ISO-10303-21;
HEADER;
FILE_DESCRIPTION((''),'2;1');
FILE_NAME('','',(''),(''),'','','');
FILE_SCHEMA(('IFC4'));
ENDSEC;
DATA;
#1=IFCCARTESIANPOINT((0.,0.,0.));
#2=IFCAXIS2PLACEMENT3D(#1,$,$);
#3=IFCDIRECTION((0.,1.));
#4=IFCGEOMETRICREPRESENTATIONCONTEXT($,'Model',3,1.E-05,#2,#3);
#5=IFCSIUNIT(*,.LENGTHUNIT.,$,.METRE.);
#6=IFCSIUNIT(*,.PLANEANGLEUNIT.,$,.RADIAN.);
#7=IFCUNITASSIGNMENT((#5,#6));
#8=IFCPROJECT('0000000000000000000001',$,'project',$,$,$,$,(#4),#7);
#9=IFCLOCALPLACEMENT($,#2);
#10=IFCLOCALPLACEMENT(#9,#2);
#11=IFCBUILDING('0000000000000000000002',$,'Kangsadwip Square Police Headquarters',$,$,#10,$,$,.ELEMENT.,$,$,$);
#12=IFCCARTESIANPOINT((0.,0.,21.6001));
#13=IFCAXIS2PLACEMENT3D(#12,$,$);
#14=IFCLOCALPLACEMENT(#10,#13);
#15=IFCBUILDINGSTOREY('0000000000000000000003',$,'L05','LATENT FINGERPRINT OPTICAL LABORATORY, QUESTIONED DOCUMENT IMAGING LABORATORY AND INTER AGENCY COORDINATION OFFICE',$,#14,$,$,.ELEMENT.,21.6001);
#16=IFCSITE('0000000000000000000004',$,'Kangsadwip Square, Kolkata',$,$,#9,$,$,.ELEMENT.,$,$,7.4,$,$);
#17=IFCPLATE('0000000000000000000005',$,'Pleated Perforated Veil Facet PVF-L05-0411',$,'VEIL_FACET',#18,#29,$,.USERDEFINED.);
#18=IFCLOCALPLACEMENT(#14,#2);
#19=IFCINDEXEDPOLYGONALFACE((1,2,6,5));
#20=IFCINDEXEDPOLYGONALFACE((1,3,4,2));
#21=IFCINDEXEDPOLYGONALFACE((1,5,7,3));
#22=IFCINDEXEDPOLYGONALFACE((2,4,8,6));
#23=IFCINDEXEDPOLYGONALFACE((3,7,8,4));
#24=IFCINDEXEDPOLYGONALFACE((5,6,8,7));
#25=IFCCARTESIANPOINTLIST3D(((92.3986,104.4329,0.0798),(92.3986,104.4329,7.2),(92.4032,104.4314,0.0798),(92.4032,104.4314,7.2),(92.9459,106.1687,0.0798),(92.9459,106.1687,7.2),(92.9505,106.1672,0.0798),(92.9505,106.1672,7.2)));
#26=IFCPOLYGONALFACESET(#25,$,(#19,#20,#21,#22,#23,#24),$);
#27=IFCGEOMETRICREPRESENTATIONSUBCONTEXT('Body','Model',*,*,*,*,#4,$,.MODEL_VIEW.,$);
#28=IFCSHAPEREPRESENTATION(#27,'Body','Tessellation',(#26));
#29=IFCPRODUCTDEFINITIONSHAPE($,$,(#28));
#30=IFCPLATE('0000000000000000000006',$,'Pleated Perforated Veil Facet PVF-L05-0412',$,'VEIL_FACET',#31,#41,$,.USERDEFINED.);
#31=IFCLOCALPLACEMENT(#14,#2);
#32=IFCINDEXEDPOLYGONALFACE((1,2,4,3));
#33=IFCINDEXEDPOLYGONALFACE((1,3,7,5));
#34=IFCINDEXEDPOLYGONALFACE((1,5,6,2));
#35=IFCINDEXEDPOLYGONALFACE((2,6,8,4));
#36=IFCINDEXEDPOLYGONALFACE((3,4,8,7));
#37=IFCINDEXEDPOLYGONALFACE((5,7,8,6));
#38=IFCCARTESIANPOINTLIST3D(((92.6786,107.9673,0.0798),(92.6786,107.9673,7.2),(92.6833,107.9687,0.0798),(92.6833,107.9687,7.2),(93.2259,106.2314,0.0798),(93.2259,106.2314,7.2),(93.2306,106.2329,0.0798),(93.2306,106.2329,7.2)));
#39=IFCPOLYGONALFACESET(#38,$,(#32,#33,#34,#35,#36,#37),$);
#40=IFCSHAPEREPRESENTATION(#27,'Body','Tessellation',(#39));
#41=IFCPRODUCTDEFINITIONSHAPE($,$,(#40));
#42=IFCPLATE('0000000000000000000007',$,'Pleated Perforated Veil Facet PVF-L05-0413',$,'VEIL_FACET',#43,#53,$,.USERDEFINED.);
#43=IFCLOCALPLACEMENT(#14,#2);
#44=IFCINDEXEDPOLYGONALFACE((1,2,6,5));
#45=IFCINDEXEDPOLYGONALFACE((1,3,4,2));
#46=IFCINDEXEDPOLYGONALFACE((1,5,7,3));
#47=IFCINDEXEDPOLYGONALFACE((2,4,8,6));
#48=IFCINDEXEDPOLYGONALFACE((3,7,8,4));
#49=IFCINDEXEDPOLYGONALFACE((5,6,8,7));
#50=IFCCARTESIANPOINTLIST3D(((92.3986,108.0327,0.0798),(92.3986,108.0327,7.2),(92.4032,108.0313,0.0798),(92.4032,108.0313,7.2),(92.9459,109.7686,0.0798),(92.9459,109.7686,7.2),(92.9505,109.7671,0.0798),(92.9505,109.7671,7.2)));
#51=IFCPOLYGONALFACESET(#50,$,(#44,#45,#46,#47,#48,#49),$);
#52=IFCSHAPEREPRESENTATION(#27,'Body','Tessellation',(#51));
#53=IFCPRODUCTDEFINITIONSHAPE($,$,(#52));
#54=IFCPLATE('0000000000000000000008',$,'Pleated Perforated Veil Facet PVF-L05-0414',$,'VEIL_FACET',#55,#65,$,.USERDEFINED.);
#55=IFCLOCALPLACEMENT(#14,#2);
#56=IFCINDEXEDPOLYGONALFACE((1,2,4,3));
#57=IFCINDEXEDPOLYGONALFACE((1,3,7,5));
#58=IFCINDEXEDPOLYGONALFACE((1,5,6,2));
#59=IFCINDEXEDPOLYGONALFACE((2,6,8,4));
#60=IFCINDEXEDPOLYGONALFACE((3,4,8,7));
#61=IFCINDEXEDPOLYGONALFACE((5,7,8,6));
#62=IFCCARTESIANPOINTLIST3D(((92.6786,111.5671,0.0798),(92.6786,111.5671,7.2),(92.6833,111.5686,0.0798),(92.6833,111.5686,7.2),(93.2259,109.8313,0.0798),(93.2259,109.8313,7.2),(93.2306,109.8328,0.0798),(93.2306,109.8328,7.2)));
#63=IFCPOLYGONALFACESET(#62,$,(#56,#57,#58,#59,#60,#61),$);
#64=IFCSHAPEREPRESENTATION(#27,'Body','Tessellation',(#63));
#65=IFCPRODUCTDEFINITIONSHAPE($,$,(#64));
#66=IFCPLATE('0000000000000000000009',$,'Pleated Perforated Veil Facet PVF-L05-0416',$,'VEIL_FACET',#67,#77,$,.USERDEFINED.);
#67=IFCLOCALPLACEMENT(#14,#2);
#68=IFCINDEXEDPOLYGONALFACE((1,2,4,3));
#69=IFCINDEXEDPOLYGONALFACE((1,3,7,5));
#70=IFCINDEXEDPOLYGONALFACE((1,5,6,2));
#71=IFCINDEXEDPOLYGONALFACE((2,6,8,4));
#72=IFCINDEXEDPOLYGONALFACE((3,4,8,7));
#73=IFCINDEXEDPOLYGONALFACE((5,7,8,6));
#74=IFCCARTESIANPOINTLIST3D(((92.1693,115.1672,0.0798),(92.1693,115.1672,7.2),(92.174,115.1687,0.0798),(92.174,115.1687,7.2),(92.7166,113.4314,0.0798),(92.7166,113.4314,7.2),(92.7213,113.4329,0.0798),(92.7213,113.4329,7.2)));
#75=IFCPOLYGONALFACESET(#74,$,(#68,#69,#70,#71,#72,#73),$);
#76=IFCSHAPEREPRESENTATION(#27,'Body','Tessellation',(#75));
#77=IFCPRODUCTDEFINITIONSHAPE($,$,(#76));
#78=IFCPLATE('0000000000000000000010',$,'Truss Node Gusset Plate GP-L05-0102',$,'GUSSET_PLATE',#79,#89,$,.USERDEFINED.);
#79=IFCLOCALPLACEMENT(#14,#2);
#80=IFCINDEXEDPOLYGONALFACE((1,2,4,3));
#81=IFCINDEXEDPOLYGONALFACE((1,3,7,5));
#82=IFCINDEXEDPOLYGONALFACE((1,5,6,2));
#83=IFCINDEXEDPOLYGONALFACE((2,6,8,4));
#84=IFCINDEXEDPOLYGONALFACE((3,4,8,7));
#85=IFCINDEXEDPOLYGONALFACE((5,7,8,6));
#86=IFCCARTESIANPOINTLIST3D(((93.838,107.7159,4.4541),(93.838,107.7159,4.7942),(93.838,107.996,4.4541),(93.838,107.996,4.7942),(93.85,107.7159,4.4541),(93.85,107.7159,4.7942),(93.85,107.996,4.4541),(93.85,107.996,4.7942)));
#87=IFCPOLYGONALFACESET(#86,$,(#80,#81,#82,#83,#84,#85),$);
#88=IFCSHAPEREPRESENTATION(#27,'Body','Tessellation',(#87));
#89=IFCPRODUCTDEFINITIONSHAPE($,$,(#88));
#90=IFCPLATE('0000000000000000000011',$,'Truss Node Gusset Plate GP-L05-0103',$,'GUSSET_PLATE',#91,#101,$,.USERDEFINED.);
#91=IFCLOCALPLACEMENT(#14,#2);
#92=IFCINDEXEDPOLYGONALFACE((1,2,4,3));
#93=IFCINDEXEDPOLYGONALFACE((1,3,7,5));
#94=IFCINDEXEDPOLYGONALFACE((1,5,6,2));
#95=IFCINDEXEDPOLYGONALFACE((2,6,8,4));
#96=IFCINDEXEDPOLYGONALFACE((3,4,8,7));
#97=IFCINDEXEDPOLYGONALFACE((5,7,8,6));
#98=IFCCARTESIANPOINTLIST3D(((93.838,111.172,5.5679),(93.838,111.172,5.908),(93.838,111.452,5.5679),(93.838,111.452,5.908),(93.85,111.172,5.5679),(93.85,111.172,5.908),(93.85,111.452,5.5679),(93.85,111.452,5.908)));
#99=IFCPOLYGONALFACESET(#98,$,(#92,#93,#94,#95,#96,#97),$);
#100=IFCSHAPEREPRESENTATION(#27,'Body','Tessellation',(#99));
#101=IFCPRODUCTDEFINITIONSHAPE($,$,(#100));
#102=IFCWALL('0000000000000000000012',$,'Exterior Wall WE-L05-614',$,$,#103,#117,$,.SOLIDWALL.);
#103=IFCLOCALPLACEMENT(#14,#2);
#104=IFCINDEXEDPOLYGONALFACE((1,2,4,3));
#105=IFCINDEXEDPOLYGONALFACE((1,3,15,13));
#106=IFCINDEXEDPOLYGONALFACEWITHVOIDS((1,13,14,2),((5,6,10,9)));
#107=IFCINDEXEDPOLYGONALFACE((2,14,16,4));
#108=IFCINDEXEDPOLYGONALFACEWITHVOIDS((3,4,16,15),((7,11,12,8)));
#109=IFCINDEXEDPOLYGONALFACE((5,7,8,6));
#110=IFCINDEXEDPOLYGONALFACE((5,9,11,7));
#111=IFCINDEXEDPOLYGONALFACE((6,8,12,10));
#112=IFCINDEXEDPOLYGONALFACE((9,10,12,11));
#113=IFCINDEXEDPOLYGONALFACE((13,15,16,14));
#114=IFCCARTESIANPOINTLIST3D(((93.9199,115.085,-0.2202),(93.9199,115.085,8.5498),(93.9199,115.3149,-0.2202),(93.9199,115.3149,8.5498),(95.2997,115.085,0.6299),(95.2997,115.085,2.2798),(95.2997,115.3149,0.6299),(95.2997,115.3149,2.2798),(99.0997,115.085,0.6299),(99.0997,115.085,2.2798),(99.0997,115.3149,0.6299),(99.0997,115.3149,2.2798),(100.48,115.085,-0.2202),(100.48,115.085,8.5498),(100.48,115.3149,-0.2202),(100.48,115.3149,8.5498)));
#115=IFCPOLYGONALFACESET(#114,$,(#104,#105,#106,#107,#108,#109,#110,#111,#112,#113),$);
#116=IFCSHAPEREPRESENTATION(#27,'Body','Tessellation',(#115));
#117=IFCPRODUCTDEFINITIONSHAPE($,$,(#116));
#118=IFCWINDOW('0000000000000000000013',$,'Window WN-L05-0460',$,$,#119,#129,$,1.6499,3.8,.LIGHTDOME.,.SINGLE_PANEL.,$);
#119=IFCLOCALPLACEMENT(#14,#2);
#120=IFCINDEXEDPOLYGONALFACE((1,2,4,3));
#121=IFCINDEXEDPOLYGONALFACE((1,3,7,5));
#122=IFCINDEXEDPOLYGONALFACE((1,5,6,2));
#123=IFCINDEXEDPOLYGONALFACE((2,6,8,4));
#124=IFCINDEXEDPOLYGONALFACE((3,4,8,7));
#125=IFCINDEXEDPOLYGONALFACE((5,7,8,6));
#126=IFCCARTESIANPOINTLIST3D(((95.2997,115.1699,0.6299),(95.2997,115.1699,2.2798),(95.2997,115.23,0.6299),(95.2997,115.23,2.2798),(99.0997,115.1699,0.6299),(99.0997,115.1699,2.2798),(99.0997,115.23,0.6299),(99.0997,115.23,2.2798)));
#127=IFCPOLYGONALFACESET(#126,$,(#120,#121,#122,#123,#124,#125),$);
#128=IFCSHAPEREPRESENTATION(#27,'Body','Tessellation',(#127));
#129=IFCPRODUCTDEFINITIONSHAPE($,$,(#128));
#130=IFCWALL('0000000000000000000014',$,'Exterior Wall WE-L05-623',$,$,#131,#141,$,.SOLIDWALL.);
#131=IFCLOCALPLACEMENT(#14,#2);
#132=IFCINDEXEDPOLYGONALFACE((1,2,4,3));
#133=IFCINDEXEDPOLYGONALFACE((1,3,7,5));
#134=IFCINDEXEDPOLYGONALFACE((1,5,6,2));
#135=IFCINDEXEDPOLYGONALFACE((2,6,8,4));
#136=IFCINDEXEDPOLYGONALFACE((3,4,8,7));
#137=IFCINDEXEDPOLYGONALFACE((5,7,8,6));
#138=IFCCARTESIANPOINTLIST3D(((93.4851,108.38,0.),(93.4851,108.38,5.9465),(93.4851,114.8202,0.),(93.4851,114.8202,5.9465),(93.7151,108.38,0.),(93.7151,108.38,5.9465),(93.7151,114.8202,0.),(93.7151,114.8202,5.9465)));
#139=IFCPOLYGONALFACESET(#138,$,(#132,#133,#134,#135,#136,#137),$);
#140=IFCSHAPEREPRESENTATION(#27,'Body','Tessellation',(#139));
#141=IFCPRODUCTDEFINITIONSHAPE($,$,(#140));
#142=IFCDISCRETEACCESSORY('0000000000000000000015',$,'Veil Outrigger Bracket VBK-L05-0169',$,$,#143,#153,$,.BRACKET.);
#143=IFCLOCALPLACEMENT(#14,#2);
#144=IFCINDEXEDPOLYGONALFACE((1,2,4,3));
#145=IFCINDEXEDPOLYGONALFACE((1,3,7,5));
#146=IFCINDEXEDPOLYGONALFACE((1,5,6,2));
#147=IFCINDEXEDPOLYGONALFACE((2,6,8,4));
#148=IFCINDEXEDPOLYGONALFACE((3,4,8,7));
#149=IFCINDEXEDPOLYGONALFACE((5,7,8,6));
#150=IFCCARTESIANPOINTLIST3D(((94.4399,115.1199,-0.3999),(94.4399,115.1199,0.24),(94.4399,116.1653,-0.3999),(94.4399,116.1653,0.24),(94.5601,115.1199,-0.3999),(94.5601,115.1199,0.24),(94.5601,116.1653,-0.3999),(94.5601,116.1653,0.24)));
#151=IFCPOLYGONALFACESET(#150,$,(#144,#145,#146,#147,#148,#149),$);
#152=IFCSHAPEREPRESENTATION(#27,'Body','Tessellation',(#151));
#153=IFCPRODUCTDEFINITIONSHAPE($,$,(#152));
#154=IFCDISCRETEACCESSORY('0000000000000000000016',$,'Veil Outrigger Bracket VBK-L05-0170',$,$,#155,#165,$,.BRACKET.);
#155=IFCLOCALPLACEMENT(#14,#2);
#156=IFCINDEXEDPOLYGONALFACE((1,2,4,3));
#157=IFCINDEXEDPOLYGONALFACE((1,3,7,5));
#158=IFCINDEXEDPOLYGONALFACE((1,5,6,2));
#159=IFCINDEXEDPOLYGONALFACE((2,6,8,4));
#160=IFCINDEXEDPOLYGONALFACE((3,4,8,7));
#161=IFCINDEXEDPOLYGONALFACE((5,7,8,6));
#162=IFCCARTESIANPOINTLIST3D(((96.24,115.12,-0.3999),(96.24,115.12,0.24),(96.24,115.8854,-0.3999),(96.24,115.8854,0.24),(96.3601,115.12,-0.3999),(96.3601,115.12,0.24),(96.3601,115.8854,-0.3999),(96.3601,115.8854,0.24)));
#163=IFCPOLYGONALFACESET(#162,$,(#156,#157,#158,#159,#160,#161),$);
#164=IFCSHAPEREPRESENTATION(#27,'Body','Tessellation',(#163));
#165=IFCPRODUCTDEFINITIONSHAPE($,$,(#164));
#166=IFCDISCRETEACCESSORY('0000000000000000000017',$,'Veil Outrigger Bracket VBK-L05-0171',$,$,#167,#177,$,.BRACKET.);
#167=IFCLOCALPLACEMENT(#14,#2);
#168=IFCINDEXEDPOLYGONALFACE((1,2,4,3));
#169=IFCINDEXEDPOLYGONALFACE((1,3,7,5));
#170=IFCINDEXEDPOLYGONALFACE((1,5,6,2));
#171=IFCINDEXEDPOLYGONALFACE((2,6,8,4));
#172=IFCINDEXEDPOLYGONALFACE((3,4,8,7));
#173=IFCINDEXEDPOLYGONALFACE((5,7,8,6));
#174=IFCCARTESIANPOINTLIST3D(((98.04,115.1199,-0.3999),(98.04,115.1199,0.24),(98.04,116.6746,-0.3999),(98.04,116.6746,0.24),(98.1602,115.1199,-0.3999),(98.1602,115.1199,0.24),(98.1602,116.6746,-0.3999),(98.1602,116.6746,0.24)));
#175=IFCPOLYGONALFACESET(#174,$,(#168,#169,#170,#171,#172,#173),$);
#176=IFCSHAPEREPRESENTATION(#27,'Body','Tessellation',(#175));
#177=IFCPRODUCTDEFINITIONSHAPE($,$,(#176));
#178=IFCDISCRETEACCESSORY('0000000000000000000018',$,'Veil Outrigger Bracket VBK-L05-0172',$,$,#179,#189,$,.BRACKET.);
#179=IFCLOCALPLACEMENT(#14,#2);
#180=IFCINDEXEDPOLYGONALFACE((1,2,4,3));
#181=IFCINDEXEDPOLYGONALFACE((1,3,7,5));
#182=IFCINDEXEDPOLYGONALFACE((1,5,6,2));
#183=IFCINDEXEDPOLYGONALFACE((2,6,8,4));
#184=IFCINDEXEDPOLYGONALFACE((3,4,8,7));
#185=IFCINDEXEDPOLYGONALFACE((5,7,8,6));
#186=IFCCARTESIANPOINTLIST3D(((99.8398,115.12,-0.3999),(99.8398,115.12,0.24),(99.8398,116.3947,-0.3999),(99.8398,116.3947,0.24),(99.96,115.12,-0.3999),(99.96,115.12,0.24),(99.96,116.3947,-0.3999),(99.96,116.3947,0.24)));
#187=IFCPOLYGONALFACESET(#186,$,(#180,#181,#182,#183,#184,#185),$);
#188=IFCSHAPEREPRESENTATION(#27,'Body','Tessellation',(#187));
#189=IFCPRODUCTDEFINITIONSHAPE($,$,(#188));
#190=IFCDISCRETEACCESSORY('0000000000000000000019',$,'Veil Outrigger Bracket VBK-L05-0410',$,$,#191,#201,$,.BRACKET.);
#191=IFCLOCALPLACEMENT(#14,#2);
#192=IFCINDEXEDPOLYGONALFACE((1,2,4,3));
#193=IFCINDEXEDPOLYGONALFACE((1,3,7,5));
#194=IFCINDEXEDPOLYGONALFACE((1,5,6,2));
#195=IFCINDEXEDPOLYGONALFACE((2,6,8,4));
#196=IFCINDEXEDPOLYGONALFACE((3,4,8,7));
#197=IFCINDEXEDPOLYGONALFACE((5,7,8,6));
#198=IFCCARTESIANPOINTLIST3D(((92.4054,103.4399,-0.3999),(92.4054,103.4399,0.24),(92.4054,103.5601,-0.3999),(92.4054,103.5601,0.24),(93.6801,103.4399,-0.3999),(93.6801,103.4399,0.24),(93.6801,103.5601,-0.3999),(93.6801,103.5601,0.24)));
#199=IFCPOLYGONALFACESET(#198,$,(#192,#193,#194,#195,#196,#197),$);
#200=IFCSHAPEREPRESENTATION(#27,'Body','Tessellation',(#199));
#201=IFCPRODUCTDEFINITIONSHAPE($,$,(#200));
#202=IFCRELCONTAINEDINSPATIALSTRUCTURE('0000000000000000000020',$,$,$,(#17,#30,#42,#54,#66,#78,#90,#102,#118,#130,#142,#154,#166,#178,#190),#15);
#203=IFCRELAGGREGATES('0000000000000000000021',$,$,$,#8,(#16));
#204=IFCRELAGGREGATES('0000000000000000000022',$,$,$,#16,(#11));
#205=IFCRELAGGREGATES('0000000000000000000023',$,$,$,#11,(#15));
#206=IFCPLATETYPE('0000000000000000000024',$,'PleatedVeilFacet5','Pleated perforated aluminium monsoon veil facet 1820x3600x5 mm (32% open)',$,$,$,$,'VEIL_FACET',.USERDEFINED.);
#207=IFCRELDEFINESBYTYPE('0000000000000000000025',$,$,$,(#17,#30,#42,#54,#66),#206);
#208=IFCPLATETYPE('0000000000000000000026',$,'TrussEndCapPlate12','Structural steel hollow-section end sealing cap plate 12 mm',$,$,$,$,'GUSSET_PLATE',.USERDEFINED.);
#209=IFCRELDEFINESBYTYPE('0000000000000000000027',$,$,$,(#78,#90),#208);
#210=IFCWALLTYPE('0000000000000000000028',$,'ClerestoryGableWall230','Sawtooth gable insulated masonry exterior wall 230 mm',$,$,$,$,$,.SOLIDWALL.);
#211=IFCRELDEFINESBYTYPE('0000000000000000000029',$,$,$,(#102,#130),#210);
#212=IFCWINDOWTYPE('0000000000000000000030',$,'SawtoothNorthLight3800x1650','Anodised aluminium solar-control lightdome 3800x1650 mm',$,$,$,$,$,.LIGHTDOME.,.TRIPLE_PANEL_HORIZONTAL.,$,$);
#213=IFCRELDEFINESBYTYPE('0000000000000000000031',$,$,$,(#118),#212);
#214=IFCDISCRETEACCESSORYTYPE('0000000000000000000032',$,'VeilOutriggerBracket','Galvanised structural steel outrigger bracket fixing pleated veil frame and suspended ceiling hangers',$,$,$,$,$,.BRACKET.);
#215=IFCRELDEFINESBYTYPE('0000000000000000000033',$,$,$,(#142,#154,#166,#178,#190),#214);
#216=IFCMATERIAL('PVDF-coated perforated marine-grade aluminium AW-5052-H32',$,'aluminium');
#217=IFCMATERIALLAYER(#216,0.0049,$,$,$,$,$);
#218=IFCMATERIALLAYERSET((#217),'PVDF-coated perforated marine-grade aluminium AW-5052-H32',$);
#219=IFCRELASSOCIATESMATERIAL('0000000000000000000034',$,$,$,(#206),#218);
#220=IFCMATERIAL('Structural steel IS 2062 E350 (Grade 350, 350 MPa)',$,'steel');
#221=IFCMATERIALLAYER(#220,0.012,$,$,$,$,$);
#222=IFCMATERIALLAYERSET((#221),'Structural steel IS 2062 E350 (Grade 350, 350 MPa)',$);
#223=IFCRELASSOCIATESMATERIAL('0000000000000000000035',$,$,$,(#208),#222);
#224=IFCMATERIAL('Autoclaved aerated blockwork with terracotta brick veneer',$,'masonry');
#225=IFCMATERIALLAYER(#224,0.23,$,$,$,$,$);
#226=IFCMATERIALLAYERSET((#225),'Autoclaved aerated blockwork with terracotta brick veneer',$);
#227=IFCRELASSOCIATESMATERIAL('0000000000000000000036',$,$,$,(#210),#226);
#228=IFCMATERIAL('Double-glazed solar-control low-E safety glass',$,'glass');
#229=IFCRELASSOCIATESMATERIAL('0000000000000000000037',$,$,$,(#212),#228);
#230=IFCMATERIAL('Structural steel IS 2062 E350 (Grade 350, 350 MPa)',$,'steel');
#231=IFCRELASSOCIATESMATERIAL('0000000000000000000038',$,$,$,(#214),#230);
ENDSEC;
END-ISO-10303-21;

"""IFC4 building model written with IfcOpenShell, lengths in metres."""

from ifc_helpers import new_model, si_unit, direction, frame, frame_2d, origin, origin_2d, place, context, subcontext, project, spatial, rectangle, extrude, material, layer, layer_set, type_object, element, fill, save


model = new_model("IFC4")

# Units and contexts
model_context = context("Model", 3, precision=1e-05, world=origin(), true_north=direction((0.0, 1.0)))
body_context = subcontext(model_context, "Body", "Model", "MODEL_VIEW")
ifc_project = project(units=[si_unit("LENGTHUNIT", "METRE"), si_unit("PLANEANGLEUNIT", "RADIAN")], contexts=[model_context])

# Site, building, storey
site_placement = place(None, origin())
site = spatial("IfcSite", under=ifc_project, at=site_placement, Name="Kangsadwip Square, Kolkata", CompositionType="ELEMENT", RefElevation=7.4)
building_placement = place(site_placement, origin())
building = spatial("IfcBuilding", under=site, at=building_placement, Name="Kangsadwip Square Police Headquarters", CompositionType="ELEMENT")
storey_placement = place(building_placement, frame((0.0, 0.0, 21.6001)))
storey = spatial("IfcBuildingStorey", under=building, at=storey_placement, Name="L05", Description="LATENT FINGERPRINT OPTICAL LABORATORY, QUESTIONED DOCUMENT IMAGING LABORATORY AND INTER AGENCY COORDINATION OFFICE", CompositionType="ELEMENT", Elevation=21.6001)

# Plates
ifc_material_1 = material(Name="PVDF-coated perforated marine-grade aluminium AW-5052-H32", Category="aluminium")
ifc_layer_1 = layer(ifc_material_1, 0.0049)
ifc_layer_set_1 = layer_set([ifc_layer_1], Name="PVDF-coated perforated marine-grade aluminium AW-5052-H32")
plate_type_1 = type_object("IfcPlateType", Name="PleatedVeilFacet5", Description="Pleated perforated aluminium monsoon veil facet 1820x3600x5 mm (32% open)", ElementType="VEIL_FACET", PredefinedType="USERDEFINED", material=ifc_layer_set_1)
for number, where, z_axis, x_axis, name in (
    (1, (92.6746, 105.3, 0.0798), (0.0, 0.0, 1.0), (0.300706, 0.953717, 0.0), "Pleated Perforated Veil Facet PVF-L05-0411"),
    (2, (92.9546, 107.1001, 0.0798), (0.0, 0.0, 1.0), (-0.300706, 0.953717, 0.0), "Pleated Perforated Veil Facet PVF-L05-0412"),
    (3, (92.6746, 108.8999, 0.0798), (0.0, 0.0, 1.0), (0.300706, 0.953717, 0.0), "Pleated Perforated Veil Facet PVF-L05-0413"),
    (4, (92.9546, 110.7, 0.0798), (0.0, 0.0, 1.0), (-0.300706, 0.953717, 0.0), "Pleated Perforated Veil Facet PVF-L05-0414"),
    (5, (92.4453, 114.3, 0.0798), (0.0, 0.0, 1.0), (-0.300706, 0.953717, 0.0), "Pleated Perforated Veil Facet PVF-L05-0416"),
):
    element("IfcPlate", number, at=place(storey_placement, frame(where, z_axis=z_axis, x_axis=x_axis)), inside=storey, type_object=plate_type_1, Name=name, ObjectType="VEIL_FACET", PredefinedType="USERDEFINED", context=body_context, shape_type="SweptSolid", body=[
        extrude(rectangle(XDim=1.8201, YDim=0.0049, at=origin_2d()), origin(), (0.0, 0.0, 1.0), 7.1201),
    ])
ifc_material_2 = material(Name="Structural steel IS 2062 E350 (Grade 350, 350 MPa)", Category="steel")
ifc_layer_2 = layer(ifc_material_2, 0.012)
ifc_layer_set_2 = layer_set([ifc_layer_2], Name="Structural steel IS 2062 E350 (Grade 350, 350 MPa)")
plate_type_2 = type_object("IfcPlateType", Name="TrussEndCapPlate12", Description="Structural steel hollow-section end sealing cap plate 12 mm", ElementType="GUSSET_PLATE", PredefinedType="USERDEFINED", material=ifc_layer_set_2)
for number, where, z_axis, x_axis, name in (
    (6, (93.844, 107.856, 4.4541), (0.0, 0.0, 1.0), (0.0, 1.0, 0.0), "Truss Node Gusset Plate GP-L05-0102"),
    (7, (93.844, 111.312, 5.5679), (0.0, 0.0, 1.0), (0.0, 1.0, 0.0), "Truss Node Gusset Plate GP-L05-0103"),
):
    element("IfcPlate", number, at=place(storey_placement, frame(where, z_axis=z_axis, x_axis=x_axis)), inside=storey, type_object=plate_type_2, Name=name, ObjectType="GUSSET_PLATE", PredefinedType="USERDEFINED", context=body_context, shape_type="SweptSolid", body=[
        extrude(rectangle(XDim=0.28, YDim=0.012, at=origin_2d()), origin(), (0.0, 0.0, 1.0), 0.3401),
    ])

# Wall, opening, window
ifc_material_3 = material(Name="Autoclaved aerated blockwork with terracotta brick veneer", Category="masonry")
ifc_layer_3 = layer(ifc_material_3, 0.23)
ifc_layer_set_3 = layer_set([ifc_layer_3], Name="Autoclaved aerated blockwork with terracotta brick veneer")
wall_type = type_object("IfcWallType", Name="ClerestoryGableWall230", Description="Sawtooth gable insulated masonry exterior wall 230 mm", PredefinedType="SOLIDWALL", material=ifc_layer_set_3)
wall_1_placement = place(storey_placement, frame((93.9199, 115.2, -0.2202), z_axis=(0.0, 0.0, 1.0), x_axis=(1.0, 0.0, 0.0)))
wall_1 = element("IfcWall", 8, at=wall_1_placement, inside=storey, type_object=wall_type, Name="Exterior Wall WE-L05-614", PredefinedType="SOLIDWALL", context=body_context, shape_type="SweptSolid", body=[
    extrude(rectangle(XDim=6.5601, YDim=0.23, at=frame_2d((3.28, 0.0))), origin(), (0.0, 0.0, 1.0), 8.77),
])
opening_placement = place(wall_1_placement, frame((1.3799, 0.0, 0.8501)))
opening = element("IfcOpeningElement", 9, at=opening_placement, cuts=wall_1, PredefinedType="OPENING", context=body_context, shape_type="SweptSolid", body=[
    extrude(rectangle(XDim=3.8, YDim=1.6499, at=frame_2d((1.8999, 0.825))), frame((0.0, 0.125, 0.0), z_axis=(0.0, -1.0, 0.0), x_axis=(1.0, 0.0, 0.0)), (0.0, 0.0, 1.0), 0.25),
])
ifc_material_4 = material(Name="Double-glazed solar-control low-E safety glass", Category="glass")
window_type = type_object("IfcWindowType", Name="SawtoothNorthLight3800x1650", Description="Anodised aluminium solar-control lightdome 3800x1650 mm", PartitioningType="TRIPLE_PANEL_HORIZONTAL", PredefinedType="LIGHTDOME", material=ifc_material_4)
window_placement = place(opening_placement, origin())
window = element("IfcWindow", 10, at=window_placement, inside=storey, type_object=window_type, Name="Window WN-L05-0460", OverallHeight=1.6499, OverallWidth=3.8, PartitioningType="SINGLE_PANEL", PredefinedType="LIGHTDOME", context=body_context, shape_type="SweptSolid", body=[
    extrude(rectangle(XDim=3.8, YDim=1.6499, at=frame_2d((1.8999, 0.825))), frame((0.0, 0.03, 0.0), z_axis=(0.0, -1.0, 0.0), x_axis=(1.0, 0.0, 0.0)), (0.0, 0.0, 1.0), 0.0601),
])
fill(opening, window)

# Wall
wall_2_placement = place(storey_placement, frame((93.6001, 108.3799, 0.0), z_axis=(0.0, 0.0, 1.0), x_axis=(0.0, 1.0, 0.0)))
element("IfcWall", 11, at=wall_2_placement, inside=storey, type_object=wall_type, Name="Exterior Wall WE-L05-623", PredefinedType="SOLIDWALL", context=body_context, shape_type="SweptSolid", body=[
    extrude(rectangle(XDim=6.4402, YDim=0.23, at=frame_2d((3.2202, 0.0))), origin(), (0.0, 0.0, 1.0), 5.9465),
])

# Discrete accessories
ifc_material_5 = material(Name="Structural steel IS 2062 E350 (Grade 350, 350 MPa)", Category="steel")
discrete_accessory_type = type_object("IfcDiscreteAccessoryType", Name="VeilOutriggerBracket", Description="Galvanised structural steel outrigger bracket fixing pleated veil frame and suspended ceiling hangers", PredefinedType="BRACKET", material=ifc_material_5)
discrete_accessory_1_placement = place(storey_placement, frame((94.5, 115.6426, -0.3999), z_axis=(0.0, 0.0, 1.0), x_axis=(1.0, 0.0, 0.0)))
element("IfcDiscreteAccessory", 12, at=discrete_accessory_1_placement, inside=storey, type_object=discrete_accessory_type, Name="Veil Outrigger Bracket VBK-L05-0169", PredefinedType="BRACKET", context=body_context, shape_type="SweptSolid", body=[
    extrude(rectangle(XDim=0.1201, YDim=1.0454, at=origin_2d()), origin(), (0.0, 0.0, 1.0), 0.6399),
])
discrete_accessory_2_placement = place(storey_placement, frame((96.3, 115.5027, -0.3999), z_axis=(0.0, 0.0, 1.0), x_axis=(1.0, 0.0, 0.0)))
element("IfcDiscreteAccessory", 13, at=discrete_accessory_2_placement, inside=storey, type_object=discrete_accessory_type, Name="Veil Outrigger Bracket VBK-L05-0170", PredefinedType="BRACKET", context=body_context, shape_type="SweptSolid", body=[
    extrude(rectangle(XDim=0.1201, YDim=0.7654, at=origin_2d()), origin(), (0.0, 0.0, 1.0), 0.6399),
])
discrete_accessory_3_placement = place(storey_placement, frame((98.1001, 115.8972, -0.3999), z_axis=(0.0, 0.0, 1.0), x_axis=(1.0, 0.0, 0.0)))
element("IfcDiscreteAccessory", 14, at=discrete_accessory_3_placement, inside=storey, type_object=discrete_accessory_type, Name="Veil Outrigger Bracket VBK-L05-0171", PredefinedType="BRACKET", context=body_context, shape_type="SweptSolid", body=[
    extrude(rectangle(XDim=0.1201, YDim=1.5547, at=origin_2d()), origin(), (0.0, 0.0, 1.0), 0.6399),
])
discrete_accessory_4_placement = place(storey_placement, frame((99.8999, 115.7573, -0.3999), z_axis=(0.0, 0.0, 1.0), x_axis=(1.0, 0.0, 0.0)))
element("IfcDiscreteAccessory", 15, at=discrete_accessory_4_placement, inside=storey, type_object=discrete_accessory_type, Name="Veil Outrigger Bracket VBK-L05-0172", PredefinedType="BRACKET", context=body_context, shape_type="SweptSolid", body=[
    extrude(rectangle(XDim=0.1201, YDim=1.2747, at=origin_2d()), origin(), (0.0, 0.0, 1.0), 0.6399),
])
discrete_accessory_5_placement = place(storey_placement, frame((93.0427, 103.5, -0.3999), z_axis=(0.0, 0.0, 1.0), x_axis=(1.0, 0.0, 0.0)))
element("IfcDiscreteAccessory", 16, at=discrete_accessory_5_placement, inside=storey, type_object=discrete_accessory_type, Name="Veil Outrigger Bracket VBK-L05-0410", PredefinedType="BRACKET", context=body_context, shape_type="SweptSolid", body=[
    extrude(rectangle(XDim=1.2747, YDim=0.1201, at=origin_2d()), origin(), (0.0, 0.0, 1.0), 0.6399),
])

save(model, "model.ifc")
